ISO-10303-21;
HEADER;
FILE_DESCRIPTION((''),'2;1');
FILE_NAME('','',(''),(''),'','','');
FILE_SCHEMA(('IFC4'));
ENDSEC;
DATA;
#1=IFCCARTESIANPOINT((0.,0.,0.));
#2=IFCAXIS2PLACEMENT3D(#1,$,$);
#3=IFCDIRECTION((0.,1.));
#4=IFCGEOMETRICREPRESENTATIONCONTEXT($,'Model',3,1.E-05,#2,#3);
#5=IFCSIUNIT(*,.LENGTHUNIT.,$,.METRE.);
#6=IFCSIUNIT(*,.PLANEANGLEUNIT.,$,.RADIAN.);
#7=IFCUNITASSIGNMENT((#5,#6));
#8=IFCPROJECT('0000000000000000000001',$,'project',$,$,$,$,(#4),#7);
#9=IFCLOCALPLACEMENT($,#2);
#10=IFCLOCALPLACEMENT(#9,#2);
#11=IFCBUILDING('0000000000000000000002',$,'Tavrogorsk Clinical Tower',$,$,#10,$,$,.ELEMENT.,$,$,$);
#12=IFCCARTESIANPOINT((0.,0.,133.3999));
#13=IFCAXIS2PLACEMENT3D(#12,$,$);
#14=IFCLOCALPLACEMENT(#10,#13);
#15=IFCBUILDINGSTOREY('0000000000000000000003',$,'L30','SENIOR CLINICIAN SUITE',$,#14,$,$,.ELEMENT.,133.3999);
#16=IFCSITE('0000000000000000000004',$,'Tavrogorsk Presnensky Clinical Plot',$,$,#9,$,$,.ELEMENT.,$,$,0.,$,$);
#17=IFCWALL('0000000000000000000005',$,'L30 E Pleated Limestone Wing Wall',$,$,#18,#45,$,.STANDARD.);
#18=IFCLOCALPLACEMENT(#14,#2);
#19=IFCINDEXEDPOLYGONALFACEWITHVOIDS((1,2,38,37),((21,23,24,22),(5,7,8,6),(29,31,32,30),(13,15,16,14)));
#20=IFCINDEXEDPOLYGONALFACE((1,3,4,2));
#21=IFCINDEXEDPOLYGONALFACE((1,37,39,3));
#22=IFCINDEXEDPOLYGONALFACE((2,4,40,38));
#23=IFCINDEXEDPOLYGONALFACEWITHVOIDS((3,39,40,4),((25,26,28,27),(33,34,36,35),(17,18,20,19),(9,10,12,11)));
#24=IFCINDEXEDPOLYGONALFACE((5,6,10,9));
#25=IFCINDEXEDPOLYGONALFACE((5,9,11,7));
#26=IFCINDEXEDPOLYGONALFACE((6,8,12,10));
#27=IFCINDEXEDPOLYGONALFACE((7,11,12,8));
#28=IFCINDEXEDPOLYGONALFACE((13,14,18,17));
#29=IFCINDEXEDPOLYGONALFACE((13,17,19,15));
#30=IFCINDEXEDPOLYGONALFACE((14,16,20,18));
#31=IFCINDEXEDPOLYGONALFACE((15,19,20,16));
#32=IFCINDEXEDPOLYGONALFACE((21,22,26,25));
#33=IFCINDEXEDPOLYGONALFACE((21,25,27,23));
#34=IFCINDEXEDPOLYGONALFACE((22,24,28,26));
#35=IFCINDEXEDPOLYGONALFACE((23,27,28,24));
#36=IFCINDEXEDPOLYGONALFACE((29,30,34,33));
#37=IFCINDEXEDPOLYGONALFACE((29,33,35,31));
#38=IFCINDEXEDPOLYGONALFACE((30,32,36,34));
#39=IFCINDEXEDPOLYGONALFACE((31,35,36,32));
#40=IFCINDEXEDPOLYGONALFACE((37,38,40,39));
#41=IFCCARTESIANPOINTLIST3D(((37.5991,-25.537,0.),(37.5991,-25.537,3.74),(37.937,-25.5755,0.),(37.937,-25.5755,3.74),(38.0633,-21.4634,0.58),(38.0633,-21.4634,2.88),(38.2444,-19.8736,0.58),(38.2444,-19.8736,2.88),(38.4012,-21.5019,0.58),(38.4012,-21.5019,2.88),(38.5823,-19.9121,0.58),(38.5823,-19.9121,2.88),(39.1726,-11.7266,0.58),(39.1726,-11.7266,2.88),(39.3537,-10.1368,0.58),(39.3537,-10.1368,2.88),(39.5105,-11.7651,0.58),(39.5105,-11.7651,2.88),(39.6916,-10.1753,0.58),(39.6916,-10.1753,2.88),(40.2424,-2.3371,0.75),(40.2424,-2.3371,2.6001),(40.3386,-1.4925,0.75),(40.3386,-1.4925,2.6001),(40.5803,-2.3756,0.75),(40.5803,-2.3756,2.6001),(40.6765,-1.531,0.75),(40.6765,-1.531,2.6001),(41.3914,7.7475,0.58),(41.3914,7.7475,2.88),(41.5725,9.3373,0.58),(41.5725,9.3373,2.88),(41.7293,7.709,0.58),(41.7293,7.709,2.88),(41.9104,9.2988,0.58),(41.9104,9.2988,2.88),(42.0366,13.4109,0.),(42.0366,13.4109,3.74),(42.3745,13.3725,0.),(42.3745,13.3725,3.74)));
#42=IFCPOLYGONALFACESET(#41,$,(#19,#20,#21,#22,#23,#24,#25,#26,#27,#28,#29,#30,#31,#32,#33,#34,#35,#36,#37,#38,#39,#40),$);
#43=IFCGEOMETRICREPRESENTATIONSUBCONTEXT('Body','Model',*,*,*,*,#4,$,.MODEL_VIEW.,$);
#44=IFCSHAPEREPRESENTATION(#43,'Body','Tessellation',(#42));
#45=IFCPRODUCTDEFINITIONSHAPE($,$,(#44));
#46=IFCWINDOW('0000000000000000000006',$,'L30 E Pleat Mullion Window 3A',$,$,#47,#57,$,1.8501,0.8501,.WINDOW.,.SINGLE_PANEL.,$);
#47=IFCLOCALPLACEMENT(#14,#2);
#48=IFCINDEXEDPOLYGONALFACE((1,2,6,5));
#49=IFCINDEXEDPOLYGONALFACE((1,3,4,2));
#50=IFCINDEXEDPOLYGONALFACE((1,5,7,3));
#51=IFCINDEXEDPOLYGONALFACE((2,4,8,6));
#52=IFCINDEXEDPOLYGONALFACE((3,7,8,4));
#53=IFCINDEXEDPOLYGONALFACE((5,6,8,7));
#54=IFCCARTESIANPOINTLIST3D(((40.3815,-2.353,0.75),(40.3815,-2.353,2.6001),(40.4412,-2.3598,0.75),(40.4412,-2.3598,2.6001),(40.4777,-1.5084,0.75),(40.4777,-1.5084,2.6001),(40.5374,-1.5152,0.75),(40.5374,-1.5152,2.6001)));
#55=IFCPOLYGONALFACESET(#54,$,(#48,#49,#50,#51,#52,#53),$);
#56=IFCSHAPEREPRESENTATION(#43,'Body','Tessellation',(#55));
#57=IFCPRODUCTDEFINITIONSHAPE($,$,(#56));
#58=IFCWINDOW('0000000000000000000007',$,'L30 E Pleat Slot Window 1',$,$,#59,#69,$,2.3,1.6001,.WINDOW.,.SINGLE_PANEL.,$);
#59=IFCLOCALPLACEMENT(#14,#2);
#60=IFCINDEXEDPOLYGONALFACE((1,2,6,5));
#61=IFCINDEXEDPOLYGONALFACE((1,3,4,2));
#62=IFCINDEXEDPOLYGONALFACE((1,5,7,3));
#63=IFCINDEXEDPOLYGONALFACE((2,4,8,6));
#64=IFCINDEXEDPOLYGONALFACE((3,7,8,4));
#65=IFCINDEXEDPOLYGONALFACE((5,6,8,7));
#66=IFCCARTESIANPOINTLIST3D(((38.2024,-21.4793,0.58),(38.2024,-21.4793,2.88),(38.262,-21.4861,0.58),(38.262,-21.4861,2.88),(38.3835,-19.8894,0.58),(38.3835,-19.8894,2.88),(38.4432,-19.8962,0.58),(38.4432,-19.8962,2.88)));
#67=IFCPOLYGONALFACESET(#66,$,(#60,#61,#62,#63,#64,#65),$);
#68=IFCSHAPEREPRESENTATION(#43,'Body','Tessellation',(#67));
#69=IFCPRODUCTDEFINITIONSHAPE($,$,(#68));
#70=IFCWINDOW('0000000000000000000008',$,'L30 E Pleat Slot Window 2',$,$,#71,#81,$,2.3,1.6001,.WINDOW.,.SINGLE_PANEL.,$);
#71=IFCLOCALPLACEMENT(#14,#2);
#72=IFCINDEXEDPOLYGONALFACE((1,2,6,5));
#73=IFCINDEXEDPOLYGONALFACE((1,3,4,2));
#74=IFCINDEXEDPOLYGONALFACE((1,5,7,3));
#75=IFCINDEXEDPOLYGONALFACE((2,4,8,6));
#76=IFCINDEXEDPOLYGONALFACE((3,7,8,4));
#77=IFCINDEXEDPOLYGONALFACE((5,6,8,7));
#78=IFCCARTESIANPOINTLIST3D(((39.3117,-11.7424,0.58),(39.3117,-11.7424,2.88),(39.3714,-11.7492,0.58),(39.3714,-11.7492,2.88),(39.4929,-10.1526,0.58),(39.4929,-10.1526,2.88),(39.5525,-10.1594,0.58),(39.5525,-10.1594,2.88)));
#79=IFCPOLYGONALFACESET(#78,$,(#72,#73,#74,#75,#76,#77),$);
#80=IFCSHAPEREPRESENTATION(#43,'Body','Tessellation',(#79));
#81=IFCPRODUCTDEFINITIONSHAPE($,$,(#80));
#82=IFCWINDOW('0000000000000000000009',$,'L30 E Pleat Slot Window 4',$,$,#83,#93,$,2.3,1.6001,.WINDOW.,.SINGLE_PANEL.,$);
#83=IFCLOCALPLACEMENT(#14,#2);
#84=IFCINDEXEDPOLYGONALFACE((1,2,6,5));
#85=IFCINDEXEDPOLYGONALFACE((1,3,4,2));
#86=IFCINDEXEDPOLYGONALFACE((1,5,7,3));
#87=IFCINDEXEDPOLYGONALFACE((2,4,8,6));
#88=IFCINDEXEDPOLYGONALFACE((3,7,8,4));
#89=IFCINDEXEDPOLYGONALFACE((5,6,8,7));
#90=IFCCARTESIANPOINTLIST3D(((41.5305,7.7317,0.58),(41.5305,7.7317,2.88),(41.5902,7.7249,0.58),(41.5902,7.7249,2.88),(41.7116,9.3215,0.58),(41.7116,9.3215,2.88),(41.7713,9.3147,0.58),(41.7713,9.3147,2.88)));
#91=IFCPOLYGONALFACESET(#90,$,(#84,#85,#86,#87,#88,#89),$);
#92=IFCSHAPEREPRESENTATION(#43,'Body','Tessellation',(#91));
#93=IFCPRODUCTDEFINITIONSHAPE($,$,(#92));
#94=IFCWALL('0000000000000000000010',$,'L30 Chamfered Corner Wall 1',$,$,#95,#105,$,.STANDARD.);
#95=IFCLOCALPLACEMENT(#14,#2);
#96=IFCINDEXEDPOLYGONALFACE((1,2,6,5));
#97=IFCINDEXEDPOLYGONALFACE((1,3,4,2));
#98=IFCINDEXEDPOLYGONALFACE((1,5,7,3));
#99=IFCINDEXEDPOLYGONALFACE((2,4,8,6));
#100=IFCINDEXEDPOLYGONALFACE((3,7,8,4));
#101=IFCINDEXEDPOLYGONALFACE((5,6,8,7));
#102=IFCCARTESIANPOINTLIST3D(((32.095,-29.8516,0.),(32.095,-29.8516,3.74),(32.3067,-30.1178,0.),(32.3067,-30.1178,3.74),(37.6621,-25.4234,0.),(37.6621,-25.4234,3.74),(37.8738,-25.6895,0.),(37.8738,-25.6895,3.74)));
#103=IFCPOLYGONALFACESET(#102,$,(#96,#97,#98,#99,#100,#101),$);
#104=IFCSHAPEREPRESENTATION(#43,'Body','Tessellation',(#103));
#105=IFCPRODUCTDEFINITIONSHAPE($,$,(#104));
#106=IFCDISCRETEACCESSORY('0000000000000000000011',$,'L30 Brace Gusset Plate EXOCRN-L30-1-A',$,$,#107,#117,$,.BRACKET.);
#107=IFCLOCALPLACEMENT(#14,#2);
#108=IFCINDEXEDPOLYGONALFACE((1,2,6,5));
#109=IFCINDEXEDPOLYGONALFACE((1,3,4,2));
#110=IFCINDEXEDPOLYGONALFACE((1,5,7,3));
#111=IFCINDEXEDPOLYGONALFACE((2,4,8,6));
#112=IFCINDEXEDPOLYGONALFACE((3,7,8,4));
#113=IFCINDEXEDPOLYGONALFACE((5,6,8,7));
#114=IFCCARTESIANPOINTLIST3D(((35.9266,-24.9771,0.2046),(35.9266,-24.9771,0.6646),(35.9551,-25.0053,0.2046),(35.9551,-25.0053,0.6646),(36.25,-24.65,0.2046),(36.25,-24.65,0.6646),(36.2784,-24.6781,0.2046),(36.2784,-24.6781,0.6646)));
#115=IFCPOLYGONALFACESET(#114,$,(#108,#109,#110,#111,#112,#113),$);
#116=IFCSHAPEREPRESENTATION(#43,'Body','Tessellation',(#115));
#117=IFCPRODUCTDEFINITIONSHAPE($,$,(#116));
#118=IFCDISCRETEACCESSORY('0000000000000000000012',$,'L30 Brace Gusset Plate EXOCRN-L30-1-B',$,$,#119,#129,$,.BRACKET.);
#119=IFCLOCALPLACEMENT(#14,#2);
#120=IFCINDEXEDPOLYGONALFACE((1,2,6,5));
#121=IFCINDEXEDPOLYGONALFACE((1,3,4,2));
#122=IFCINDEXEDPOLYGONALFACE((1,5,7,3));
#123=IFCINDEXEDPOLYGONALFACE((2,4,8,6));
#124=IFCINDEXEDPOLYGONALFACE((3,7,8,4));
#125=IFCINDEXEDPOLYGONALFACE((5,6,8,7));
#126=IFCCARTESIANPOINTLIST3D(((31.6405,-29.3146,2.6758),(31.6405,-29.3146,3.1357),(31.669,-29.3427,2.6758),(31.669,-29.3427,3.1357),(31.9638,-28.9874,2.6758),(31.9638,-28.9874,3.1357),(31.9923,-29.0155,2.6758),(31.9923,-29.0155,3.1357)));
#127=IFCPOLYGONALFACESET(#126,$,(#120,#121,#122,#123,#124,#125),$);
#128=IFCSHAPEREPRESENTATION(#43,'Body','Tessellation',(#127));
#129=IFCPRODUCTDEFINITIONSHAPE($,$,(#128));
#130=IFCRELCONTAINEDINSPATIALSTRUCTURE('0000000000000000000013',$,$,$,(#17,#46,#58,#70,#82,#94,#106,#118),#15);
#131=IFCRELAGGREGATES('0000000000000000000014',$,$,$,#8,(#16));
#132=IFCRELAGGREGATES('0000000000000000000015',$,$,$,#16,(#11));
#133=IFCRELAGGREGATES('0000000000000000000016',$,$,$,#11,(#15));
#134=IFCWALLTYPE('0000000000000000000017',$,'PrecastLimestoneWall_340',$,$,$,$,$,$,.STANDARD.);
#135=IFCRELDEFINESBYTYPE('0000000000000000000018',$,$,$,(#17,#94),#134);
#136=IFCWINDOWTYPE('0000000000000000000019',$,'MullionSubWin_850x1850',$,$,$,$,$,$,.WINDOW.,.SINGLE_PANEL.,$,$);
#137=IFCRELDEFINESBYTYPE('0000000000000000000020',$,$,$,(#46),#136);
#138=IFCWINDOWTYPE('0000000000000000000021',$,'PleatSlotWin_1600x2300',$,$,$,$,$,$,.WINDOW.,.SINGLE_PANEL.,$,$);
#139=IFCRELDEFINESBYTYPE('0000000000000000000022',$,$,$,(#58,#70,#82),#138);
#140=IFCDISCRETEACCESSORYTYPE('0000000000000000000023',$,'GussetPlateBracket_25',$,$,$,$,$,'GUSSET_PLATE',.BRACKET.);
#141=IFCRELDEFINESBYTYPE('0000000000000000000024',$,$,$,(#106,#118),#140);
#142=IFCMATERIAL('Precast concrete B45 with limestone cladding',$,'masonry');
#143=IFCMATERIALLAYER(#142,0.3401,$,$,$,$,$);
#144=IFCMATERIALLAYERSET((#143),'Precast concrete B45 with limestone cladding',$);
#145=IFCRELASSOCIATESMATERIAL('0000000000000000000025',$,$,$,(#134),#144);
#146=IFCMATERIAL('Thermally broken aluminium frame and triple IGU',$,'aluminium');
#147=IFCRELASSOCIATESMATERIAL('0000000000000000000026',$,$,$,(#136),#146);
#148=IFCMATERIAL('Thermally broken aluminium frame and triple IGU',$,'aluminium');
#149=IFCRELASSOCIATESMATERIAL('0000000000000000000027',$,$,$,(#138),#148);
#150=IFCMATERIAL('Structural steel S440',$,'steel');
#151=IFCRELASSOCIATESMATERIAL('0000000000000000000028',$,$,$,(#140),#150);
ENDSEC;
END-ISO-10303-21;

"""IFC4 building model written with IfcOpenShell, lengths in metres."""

from ifc_helpers import new_model, si_unit, direction, frame, frame_2d, origin, origin_2d, place, context, subcontext, project, spatial, rectangle, extrude, material, layer, layer_set, type_object, element, fill, save


model = new_model("IFC4")

# Units and contexts
model_context = context("Model", 3, precision=1e-05, world=origin(), true_north=direction((0.0, 1.0)))
body_context = subcontext(model_context, "Body", "Model", "MODEL_VIEW")
ifc_project = project(units=[si_unit("LENGTHUNIT", "METRE"), si_unit("PLANEANGLEUNIT", "RADIAN")], contexts=[model_context])

# Site, building, storey
site_placement = place(None, origin())
site = spatial("IfcSite", under=ifc_project, at=site_placement, Name="Tavrogorsk Presnensky Clinical Plot", CompositionType="ELEMENT", RefElevation=0.0)
building_placement = place(site_placement, origin())
building = spatial("IfcBuilding", under=site, at=building_placement, Name="Tavrogorsk Clinical Tower", CompositionType="ELEMENT")
storey_placement = place(building_placement, frame((0.0, 0.0, 133.3999)))
storey = spatial("IfcBuildingStorey", under=building, at=storey_placement, Name="L30", Description="SENIOR CLINICIAN SUITE", CompositionType="ELEMENT", Elevation=133.3999)

# Wall, openings, windows
ifc_material_1 = material(Name="Precast concrete B45 with limestone cladding", Category="masonry")
ifc_layer_1 = layer(ifc_material_1, 0.3401)
ifc_layer_set_1 = layer_set([ifc_layer_1], Name="Precast concrete B45 with limestone cladding")
wall_type_1 = type_object("IfcWallType", Name="PrecastLimestoneWall_340", PredefinedType="STANDARD", material=ifc_layer_set_1)
wall_1_placement = place(storey_placement, frame((37.7681, -25.5564, 0.0), z_axis=(0.0, 0.0, 1.0), x_axis=(0.113202, 0.993572, 0.0)))
wall_1 = element("IfcWall", 1, at=wall_1_placement, inside=storey, type_object=wall_type_1, Name="L30 E Pleated Limestone Wing Wall", PredefinedType="STANDARD", context=body_context, shape_type="SweptSolid", body=[
    extrude(rectangle(XDim=39.2, YDim=0.3401, at=frame_2d((19.6001, 0.0))), origin(), (0.0, 0.0, 1.0), 3.74),
])
opening_1_placement = place(wall_1_placement, frame((4.1001, 0.0, 0.5801)))
opening_1 = element("IfcOpeningElement", 2, at=opening_1_placement, cuts=wall_1, PredefinedType="OPENING", context=body_context, shape_type="SweptSolid", body=[
    extrude(rectangle(XDim=1.6001, YDim=2.3, at=frame_2d((0.8, 1.1499))), frame((0.0, 0.1799, 0.0), z_axis=(0.0, -1.0, 0.0), x_axis=(1.0, 0.0, 0.0)), (0.0, 0.0, 1.0), 0.3601),
])
opening_2_placement = place(wall_1_placement, frame((13.8999, 0.0, 0.5801)))
opening_2 = element("IfcOpeningElement", 3, at=opening_2_placement, cuts=wall_1, PredefinedType="OPENING", context=body_context, shape_type="SweptSolid", body=[
    extrude(rectangle(XDim=1.6001, YDim=2.3, at=frame_2d((0.8, 1.1499))), frame((0.0, 0.1799, 0.0), z_axis=(0.0, -1.0, 0.0), x_axis=(1.0, 0.0, 0.0)), (0.0, 0.0, 1.0), 0.3601),
])
opening_3_placement = place(wall_1_placement, frame((23.3501, 0.0, 0.75)))
opening_3 = element("IfcOpeningElement", 4, at=opening_3_placement, cuts=wall_1, PredefinedType="OPENING", context=body_context, shape_type="SweptSolid", body=[
    extrude(rectangle(XDim=0.8501, YDim=1.8501, at=frame_2d((0.425, 0.925))), frame((0.0, 0.1799, 0.0), z_axis=(0.0, -1.0, 0.0), x_axis=(1.0, 0.0, 0.0)), (0.0, 0.0, 1.0), 0.3601),
])
opening_4_placement = place(wall_1_placement, frame((33.5, 0.0, 0.5801)))
opening_4 = element("IfcOpeningElement", 5, at=opening_4_placement, cuts=wall_1, PredefinedType="OPENING", context=body_context, shape_type="SweptSolid", body=[
    extrude(rectangle(XDim=1.6001, YDim=2.3, at=frame_2d((0.8, 1.1499))), frame((0.0, 0.1799, 0.0), z_axis=(0.0, -1.0, 0.0), x_axis=(1.0, 0.0, 0.0)), (0.0, 0.0, 1.0), 0.3601),
])
ifc_material_2 = material(Name="Thermally broken aluminium frame and triple IGU", Category="aluminium")
window_type_1 = type_object("IfcWindowType", Name="MullionSubWin_850x1850", PartitioningType="SINGLE_PANEL", PredefinedType="WINDOW", material=ifc_material_2)
window_1_placement = place(opening_3_placement, origin())
window_1 = element("IfcWindow", 6, at=window_1_placement, inside=storey, type_object=window_type_1, Name="L30 E Pleat Mullion Window 3A", OverallHeight=1.8501, OverallWidth=0.8501, PartitioningType="SINGLE_PANEL", PredefinedType="WINDOW", context=body_context, shape_type="SweptSolid", body=[
    extrude(rectangle(XDim=0.8501, YDim=1.8501, at=frame_2d((0.425, 0.925))), frame((0.0, 0.03, 0.0), z_axis=(0.0, -1.0, 0.0), x_axis=(1.0, 0.0, 0.0)), (0.0, 0.0, 1.0), 0.0601),
])
fill(opening_3, window_1)
ifc_material_3 = material(Name="Thermally broken aluminium frame and triple IGU", Category="aluminium")
window_type_2 = type_object("IfcWindowType", Name="PleatSlotWin_1600x2300", PartitioningType="SINGLE_PANEL", PredefinedType="WINDOW", material=ifc_material_3)
window_2_placement = place(opening_1_placement, origin())
window_2 = element("IfcWindow", 7, at=window_2_placement, inside=storey, type_object=window_type_2, Name="L30 E Pleat Slot Window 1", OverallHeight=2.3, OverallWidth=1.6001, PartitioningType="SINGLE_PANEL", PredefinedType="WINDOW", context=body_context, shape_type="SweptSolid", body=[
    extrude(rectangle(XDim=1.6001, YDim=2.3, at=frame_2d((0.8, 1.1499))), frame((0.0, 0.03, 0.0), z_axis=(0.0, -1.0, 0.0), x_axis=(1.0, 0.0, 0.0)), (0.0, 0.0, 1.0), 0.0601),
])
fill(opening_1, window_2)
window_3_placement = place(opening_2_placement, origin())
window_3 = element("IfcWindow", 8, at=window_3_placement, inside=storey, type_object=window_type_2, Name="L30 E Pleat Slot Window 2", OverallHeight=2.3, OverallWidth=1.6001, PartitioningType="SINGLE_PANEL", PredefinedType="WINDOW", context=body_context, shape_type="SweptSolid", body=[
    extrude(rectangle(XDim=1.6001, YDim=2.3, at=frame_2d((0.8, 1.1499))), frame((0.0, 0.03, 0.0), z_axis=(0.0, -1.0, 0.0), x_axis=(1.0, 0.0, 0.0)), (0.0, 0.0, 1.0), 0.0601),
])
fill(opening_2, window_3)
window_4_placement = place(opening_4_placement, origin())
window_4 = element("IfcWindow", 9, at=window_4_placement, inside=storey, type_object=window_type_2, Name="L30 E Pleat Slot Window 4", OverallHeight=2.3, OverallWidth=1.6001, PartitioningType="SINGLE_PANEL", PredefinedType="WINDOW", context=body_context, shape_type="SweptSolid", body=[
    extrude(rectangle(XDim=1.6001, YDim=2.3, at=frame_2d((0.8, 1.1499))), frame((0.0, 0.03, 0.0), z_axis=(0.0, -1.0, 0.0), x_axis=(1.0, 0.0, 0.0)), (0.0, 0.0, 1.0), 0.0601),
])
fill(opening_4, window_4)

# Wall
wall_2_placement = place(storey_placement, frame((32.2009, -29.9846, 0.0), z_axis=(0.0, 0.0, 1.0), x_axis=(0.782614, 0.622508, 0.0)))
element("IfcWall", 10, at=wall_2_placement, inside=storey, type_object=wall_type_1, Name="L30 Chamfered Corner Wall 1", PredefinedType="STANDARD", context=body_context, shape_type="SweptSolid", body=[
    extrude(rectangle(XDim=7.1135, YDim=0.3401, at=frame_2d((3.5566, 0.0))), origin(), (0.0, 0.0, 1.0), 3.74),
])

# Discrete accessories
ifc_material_4 = material(Name="Structural steel S440", Category="steel")
discrete_accessory_type = type_object("IfcDiscreteAccessoryType", Name="GussetPlateBracket_25", ElementType="GUSSET_PLATE", PredefinedType="BRACKET", material=ifc_material_4)
for number, where, z_axis, x_axis, name in (
    (11, (36.1025, -24.8276, 0.2046), (0.0, 0.0, 1.0), (-0.702898, -0.71129, 0.0), "L30 Brace Gusset Plate EXOCRN-L30-1-A"),
    (12, (31.8164, -29.165, 2.6758), (0.0, 0.0, 1.0), (-0.702898, -0.71129, 0.0), "L30 Brace Gusset Plate EXOCRN-L30-1-B"),
):
    element("IfcDiscreteAccessory", number, at=place(storey_placement, frame(where, z_axis=z_axis, x_axis=x_axis)), inside=storey, type_object=discrete_accessory_type, Name=name, PredefinedType="BRACKET", context=body_context, shape_type="SweptSolid", body=[
        extrude(rectangle(XDim=0.46, YDim=0.04, at=origin_2d()), origin(), (0.0, 0.0, 1.0), 0.46),
    ])

save(model, "model.ifc")
